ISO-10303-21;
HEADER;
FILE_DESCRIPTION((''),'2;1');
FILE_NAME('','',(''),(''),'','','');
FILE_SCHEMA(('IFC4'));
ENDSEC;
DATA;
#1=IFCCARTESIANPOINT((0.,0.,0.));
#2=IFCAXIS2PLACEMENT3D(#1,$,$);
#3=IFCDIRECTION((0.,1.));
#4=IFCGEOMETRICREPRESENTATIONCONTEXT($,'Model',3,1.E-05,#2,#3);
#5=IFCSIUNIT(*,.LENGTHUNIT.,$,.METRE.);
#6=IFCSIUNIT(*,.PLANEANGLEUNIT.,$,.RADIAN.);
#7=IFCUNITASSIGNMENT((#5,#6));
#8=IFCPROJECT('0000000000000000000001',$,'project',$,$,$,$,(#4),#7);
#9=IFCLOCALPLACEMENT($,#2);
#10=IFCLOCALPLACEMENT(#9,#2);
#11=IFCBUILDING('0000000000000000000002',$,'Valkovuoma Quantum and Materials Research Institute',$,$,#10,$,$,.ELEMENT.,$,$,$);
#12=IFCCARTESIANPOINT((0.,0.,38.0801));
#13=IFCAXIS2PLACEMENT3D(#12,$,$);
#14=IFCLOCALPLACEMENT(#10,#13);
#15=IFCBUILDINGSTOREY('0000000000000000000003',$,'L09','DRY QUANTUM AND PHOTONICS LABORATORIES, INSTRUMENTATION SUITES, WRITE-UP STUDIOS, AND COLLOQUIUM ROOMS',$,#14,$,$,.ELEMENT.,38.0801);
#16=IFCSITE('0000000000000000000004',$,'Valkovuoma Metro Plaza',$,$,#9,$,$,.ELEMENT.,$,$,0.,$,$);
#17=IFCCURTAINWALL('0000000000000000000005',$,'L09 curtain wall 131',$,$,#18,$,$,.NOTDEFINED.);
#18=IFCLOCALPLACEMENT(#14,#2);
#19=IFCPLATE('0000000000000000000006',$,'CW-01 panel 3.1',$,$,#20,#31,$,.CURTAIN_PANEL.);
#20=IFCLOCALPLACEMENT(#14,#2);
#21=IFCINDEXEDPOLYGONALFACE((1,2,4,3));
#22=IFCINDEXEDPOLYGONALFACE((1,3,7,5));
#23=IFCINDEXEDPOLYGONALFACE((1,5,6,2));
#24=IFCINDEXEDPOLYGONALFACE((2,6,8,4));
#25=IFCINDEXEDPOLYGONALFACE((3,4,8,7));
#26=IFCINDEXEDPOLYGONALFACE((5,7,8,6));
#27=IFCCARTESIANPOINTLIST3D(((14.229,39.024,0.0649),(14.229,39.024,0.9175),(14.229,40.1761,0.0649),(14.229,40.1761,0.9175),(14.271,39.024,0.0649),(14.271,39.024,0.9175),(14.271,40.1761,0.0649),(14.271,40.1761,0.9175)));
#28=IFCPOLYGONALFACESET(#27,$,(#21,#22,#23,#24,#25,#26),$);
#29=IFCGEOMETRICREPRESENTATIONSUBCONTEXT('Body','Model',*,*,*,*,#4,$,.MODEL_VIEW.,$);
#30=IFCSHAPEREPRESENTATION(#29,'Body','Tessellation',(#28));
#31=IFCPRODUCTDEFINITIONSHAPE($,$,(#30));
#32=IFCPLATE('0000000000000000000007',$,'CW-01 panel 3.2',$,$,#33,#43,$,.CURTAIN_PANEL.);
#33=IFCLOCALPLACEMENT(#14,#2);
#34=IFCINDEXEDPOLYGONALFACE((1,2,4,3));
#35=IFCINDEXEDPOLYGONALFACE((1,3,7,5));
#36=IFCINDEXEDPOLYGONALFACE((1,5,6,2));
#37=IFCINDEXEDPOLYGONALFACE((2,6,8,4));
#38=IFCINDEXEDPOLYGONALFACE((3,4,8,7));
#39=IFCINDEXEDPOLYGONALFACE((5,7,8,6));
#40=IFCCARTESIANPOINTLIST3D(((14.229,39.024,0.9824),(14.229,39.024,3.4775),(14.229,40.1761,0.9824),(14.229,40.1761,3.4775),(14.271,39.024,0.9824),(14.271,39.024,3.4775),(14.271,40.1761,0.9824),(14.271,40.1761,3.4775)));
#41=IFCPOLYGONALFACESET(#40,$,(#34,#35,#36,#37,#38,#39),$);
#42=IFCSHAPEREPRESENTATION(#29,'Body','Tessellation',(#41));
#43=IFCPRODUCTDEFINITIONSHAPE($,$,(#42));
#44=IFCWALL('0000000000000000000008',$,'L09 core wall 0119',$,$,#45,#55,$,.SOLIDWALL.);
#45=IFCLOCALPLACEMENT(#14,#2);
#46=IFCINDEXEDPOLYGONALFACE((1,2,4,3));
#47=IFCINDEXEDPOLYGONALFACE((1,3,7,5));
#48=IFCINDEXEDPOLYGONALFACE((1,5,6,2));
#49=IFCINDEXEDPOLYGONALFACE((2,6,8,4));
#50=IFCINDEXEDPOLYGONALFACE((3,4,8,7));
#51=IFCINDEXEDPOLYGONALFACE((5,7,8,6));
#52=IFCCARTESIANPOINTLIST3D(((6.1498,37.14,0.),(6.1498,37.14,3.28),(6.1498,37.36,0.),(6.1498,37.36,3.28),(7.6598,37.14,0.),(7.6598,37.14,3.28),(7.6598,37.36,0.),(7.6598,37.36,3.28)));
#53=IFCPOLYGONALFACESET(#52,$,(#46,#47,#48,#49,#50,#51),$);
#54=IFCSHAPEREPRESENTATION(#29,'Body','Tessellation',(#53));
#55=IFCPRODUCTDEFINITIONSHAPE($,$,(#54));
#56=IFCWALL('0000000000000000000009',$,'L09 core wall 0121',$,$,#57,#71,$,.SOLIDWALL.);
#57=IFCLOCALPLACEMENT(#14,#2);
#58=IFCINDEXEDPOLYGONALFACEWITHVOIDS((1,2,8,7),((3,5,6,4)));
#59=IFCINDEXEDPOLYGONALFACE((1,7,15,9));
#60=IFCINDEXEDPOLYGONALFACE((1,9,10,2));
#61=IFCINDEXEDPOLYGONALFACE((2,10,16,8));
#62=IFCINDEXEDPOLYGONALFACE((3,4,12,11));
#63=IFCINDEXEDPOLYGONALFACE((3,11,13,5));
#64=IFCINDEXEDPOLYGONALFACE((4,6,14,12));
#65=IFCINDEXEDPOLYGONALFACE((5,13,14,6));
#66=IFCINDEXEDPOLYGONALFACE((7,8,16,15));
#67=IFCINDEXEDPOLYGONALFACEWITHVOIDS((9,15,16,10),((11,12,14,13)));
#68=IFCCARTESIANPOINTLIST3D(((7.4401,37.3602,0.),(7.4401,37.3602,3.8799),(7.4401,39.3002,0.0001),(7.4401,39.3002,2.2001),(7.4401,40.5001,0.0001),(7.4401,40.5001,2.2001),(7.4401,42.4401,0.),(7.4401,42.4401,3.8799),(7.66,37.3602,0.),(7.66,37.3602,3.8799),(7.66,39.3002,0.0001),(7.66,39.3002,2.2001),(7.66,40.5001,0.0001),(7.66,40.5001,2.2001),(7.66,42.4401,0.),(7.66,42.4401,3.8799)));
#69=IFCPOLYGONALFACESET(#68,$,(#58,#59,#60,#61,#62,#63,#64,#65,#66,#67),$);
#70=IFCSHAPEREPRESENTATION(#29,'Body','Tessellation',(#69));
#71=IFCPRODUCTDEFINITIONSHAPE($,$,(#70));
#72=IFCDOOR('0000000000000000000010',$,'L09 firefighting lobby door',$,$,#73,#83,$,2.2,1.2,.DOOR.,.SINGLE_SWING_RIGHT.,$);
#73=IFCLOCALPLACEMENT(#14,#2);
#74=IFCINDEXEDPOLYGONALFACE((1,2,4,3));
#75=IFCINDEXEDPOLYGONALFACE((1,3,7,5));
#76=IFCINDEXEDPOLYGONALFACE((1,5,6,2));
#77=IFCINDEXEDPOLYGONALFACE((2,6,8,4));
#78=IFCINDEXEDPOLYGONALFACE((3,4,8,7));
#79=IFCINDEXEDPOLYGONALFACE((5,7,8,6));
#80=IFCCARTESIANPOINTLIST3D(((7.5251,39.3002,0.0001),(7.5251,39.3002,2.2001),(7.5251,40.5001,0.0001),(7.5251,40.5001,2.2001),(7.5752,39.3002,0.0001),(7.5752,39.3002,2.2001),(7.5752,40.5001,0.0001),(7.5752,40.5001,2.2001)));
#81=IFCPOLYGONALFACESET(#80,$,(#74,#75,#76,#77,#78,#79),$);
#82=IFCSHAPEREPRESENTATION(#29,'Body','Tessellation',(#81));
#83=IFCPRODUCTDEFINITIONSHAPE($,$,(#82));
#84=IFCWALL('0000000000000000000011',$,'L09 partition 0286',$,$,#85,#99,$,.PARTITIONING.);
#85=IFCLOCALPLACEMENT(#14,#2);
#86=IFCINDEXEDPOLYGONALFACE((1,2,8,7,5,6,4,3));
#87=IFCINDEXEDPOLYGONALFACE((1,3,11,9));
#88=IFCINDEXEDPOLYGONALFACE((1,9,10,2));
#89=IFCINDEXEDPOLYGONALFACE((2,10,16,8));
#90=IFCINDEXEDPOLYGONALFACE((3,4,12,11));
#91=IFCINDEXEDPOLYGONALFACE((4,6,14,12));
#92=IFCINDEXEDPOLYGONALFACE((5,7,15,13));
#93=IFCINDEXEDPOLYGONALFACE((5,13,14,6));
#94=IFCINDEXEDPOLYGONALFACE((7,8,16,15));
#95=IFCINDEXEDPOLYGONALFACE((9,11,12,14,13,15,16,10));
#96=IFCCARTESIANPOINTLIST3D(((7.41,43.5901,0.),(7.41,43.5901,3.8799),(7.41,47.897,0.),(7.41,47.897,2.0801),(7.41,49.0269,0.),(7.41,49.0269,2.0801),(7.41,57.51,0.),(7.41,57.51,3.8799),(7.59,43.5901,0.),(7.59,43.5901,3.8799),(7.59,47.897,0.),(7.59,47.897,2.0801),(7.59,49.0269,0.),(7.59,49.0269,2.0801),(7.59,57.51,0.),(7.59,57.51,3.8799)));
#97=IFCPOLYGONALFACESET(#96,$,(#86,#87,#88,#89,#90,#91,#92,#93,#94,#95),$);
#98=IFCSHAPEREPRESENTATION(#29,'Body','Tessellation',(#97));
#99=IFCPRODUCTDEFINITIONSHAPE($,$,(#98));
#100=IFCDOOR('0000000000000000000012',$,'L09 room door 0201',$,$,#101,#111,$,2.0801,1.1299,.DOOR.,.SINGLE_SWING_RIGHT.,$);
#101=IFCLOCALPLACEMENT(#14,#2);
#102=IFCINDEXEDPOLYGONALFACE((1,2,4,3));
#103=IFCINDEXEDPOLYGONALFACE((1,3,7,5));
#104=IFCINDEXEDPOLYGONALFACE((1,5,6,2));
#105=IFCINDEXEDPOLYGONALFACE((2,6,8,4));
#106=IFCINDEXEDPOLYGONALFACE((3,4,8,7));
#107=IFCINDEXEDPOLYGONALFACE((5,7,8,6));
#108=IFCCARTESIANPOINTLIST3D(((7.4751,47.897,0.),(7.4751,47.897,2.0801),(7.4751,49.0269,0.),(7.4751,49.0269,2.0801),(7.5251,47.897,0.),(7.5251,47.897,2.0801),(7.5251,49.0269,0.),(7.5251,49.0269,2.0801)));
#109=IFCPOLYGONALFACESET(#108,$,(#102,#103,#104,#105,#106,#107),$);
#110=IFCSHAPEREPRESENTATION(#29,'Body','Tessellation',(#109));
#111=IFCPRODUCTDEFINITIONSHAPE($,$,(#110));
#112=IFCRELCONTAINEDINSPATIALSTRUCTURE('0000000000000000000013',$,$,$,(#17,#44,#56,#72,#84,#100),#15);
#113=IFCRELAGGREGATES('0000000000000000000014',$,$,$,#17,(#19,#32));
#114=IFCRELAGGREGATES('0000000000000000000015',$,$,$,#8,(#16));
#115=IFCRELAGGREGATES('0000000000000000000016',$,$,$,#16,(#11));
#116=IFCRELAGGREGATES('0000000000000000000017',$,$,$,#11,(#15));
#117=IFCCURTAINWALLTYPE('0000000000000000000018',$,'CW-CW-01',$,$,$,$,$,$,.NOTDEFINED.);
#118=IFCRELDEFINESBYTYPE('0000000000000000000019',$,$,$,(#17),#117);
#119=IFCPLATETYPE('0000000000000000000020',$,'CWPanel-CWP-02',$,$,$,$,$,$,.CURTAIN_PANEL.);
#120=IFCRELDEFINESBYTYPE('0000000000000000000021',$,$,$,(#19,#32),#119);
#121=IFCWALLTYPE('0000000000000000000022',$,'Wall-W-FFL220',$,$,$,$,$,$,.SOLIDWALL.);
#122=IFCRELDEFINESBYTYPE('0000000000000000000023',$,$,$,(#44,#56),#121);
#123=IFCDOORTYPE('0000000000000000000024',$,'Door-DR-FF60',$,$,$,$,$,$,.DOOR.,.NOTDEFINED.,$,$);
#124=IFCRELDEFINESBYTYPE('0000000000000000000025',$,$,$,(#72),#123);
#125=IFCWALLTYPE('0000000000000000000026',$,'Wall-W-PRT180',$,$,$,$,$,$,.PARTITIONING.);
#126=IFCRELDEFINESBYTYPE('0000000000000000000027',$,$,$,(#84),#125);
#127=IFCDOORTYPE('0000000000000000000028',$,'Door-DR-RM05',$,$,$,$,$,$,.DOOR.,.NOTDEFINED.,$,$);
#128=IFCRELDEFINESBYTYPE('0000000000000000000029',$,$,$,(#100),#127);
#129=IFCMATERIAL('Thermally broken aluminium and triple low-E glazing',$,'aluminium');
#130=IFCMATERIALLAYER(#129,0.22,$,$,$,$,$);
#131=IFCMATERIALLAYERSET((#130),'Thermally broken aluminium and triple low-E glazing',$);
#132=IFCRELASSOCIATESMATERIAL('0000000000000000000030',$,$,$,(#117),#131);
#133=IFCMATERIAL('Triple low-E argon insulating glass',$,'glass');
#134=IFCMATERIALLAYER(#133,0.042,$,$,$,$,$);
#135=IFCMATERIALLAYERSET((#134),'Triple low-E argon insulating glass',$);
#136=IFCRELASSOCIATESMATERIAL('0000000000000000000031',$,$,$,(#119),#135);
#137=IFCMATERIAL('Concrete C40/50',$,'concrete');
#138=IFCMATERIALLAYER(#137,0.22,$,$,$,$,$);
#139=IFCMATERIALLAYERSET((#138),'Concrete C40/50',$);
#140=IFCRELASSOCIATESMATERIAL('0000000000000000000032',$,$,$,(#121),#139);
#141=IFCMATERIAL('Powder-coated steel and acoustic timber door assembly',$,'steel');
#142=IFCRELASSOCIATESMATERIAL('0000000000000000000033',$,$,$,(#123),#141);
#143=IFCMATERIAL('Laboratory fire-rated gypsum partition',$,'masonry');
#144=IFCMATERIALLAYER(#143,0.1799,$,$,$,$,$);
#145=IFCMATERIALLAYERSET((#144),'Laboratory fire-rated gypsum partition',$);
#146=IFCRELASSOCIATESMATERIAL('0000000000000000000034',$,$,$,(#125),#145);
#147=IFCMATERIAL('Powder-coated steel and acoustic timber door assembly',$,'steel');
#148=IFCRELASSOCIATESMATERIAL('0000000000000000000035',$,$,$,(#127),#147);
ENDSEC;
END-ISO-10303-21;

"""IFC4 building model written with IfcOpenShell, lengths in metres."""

from ifc_helpers import new_model, si_unit, direction, frame, frame_2d, origin, origin_2d, place, context, subcontext, project, spatial, rectangle, extrude, material, layer, layer_set, type_object, element, fill, aggregate, save


model = new_model("IFC4")

# Units and contexts
model_context = context("Model", 3, precision=1e-05, world=origin(), true_north=direction((0.0, 1.0)))
body_context = subcontext(model_context, "Body", "Model", "MODEL_VIEW")
ifc_project = project(units=[si_unit("LENGTHUNIT", "METRE"), si_unit("PLANEANGLEUNIT", "RADIAN")], contexts=[model_context])

# Site, building, storey
site_placement = place(None, origin())
site = spatial("IfcSite", under=ifc_project, at=site_placement, Name="Valkovuoma Metro Plaza", CompositionType="ELEMENT", RefElevation=0.0)
building_placement = place(site_placement, origin())
building = spatial("IfcBuilding", under=site, at=building_placement, Name="Valkovuoma Quantum and Materials Research Institute", CompositionType="ELEMENT")
storey_placement = place(building_placement, frame((0.0, 0.0, 38.0801)))
storey = spatial("IfcBuildingStorey", under=building, at=storey_placement, Name="L09", Description="DRY QUANTUM AND PHOTONICS LABORATORIES, INSTRUMENTATION SUITES, WRITE-UP STUDIOS, AND COLLOQUIUM ROOMS", CompositionType="ELEMENT", Elevation=38.0801)

# Curtain wall, plates
ifc_material_1 = material(Name="Thermally broken aluminium and triple low-E glazing", Category="aluminium")
ifc_layer_1 = layer(ifc_material_1, 0.22)
ifc_layer_set_1 = layer_set([ifc_layer_1], Name="Thermally broken aluminium and triple low-E glazing")
curtain_wall_type = type_object("IfcCurtainWallType", Name="CW-CW-01", PredefinedType="NOTDEFINED", material=ifc_layer_set_1)
curtain_wall_placement = place(storey_placement, origin())
curtain_wall = element("IfcCurtainWall", 1, at=curtain_wall_placement, inside=storey, type_object=curtain_wall_type, Name="L09 curtain wall 131", PredefinedType="NOTDEFINED")
ifc_material_2 = material(Name="Triple low-E argon insulating glass", Category="glass")
ifc_layer_2 = layer(ifc_material_2, 0.042)
ifc_layer_set_2 = layer_set([ifc_layer_2], Name="Triple low-E argon insulating glass")
plate_type = type_object("IfcPlateType", Name="CWPanel-CWP-02", PredefinedType="CURTAIN_PANEL", material=ifc_layer_set_2)
plate_1_placement = place(storey_placement, frame((14.25, 39.6001, 0.0649), z_axis=(0.0, 0.0, 1.0), x_axis=(0.0, 1.0, 0.0)))
plate_1 = element("IfcPlate", 2, at=plate_1_placement, type_object=plate_type, Name="CW-01 panel 3.1", PredefinedType="CURTAIN_PANEL", context=body_context, shape_type="SweptSolid", body=[
    extrude(rectangle(XDim=1.1521, YDim=0.042, at=origin_2d()), origin(), (0.0, 0.0, 1.0), 0.8525),
])
plate_2_placement = place(storey_placement, frame((14.25, 39.6001, 0.9824), z_axis=(0.0, 0.0, 1.0), x_axis=(0.0, 1.0, 0.0)))
plate_2 = element("IfcPlate", 3, at=plate_2_placement, type_object=plate_type, Name="CW-01 panel 3.2", PredefinedType="CURTAIN_PANEL", context=body_context, shape_type="SweptSolid", body=[
    extrude(rectangle(XDim=1.1521, YDim=0.042, at=origin_2d()), origin(), (0.0, 0.0, 1.0), 2.4951),
])
aggregate(curtain_wall, [plate_1, plate_2])

# Wall
ifc_material_3 = material(Name="Concrete C40/50", Category="concrete")
ifc_layer_3 = layer(ifc_material_3, 0.22)
ifc_layer_set_3 = layer_set([ifc_layer_3], Name="Concrete C40/50")
wall_type_1 = type_object("IfcWallType", Name="Wall-W-FFL220", PredefinedType="SOLIDWALL", material=ifc_layer_set_3)
wall_1_placement = place(storey_placement, frame((6.1499, 37.25, 0.0), z_axis=(0.0, 0.0, 1.0), x_axis=(1.0, 0.0, 0.0)))
element("IfcWall", 4, at=wall_1_placement, inside=storey, type_object=wall_type_1, Name="L09 core wall 0119", PredefinedType="SOLIDWALL", context=body_context, shape_type="SweptSolid", body=[
    extrude(rectangle(XDim=1.51, YDim=0.22, at=frame_2d((0.7549, 0.0))), origin(), (0.0, 0.0, 1.0), 3.28),
])

# Walls, openings, doors
wall_2_placement = place(storey_placement, frame((7.55, 37.3601, 0.0), z_axis=(0.0, 0.0, 1.0), x_axis=(0.0, 1.0, 0.0)))
wall_2 = element("IfcWall", 5, at=wall_2_placement, inside=storey, type_object=wall_type_1, Name="L09 core wall 0121", PredefinedType="SOLIDWALL", context=body_context, shape_type="SweptSolid", body=[
    extrude(rectangle(XDim=5.0798, YDim=0.22, at=frame_2d((2.54, 0.0))), origin(), (0.0, 0.0, 1.0), 3.8799),
])
opening_1_placement = place(wall_2_placement, frame((1.9399, 0.0, 0.0)))
opening_1 = element("IfcOpeningElement", 6, at=opening_1_placement, cuts=wall_2, PredefinedType="OPENING", context=body_context, shape_type="SweptSolid", body=[
    extrude(rectangle(XDim=1.2, YDim=2.2, at=frame_2d((0.6001, 1.1001))), frame((0.0, 0.1201, 0.0), z_axis=(0.0, -1.0, 0.0), x_axis=(1.0, 0.0, 0.0)), (0.0, 0.0, 1.0), 0.24),
])
ifc_material_4 = material(Name="Powder-coated steel and acoustic timber door assembly", Category="steel")
door_type_1 = type_object("IfcDoorType", Name="Door-DR-FF60", OperationType="NOTDEFINED", PredefinedType="DOOR", material=ifc_material_4)
door_1_placement = place(opening_1_placement, origin())
door_1 = element("IfcDoor", 7, at=door_1_placement, inside=storey, type_object=door_type_1, Name="L09 firefighting lobby door", OperationType="SINGLE_SWING_RIGHT", OverallHeight=2.2, OverallWidth=1.2, PredefinedType="DOOR", context=body_context, shape_type="SweptSolid", body=[
    extrude(rectangle(XDim=1.2, YDim=2.2, at=frame_2d((0.6001, 1.1001))), frame((0.0, 0.0249, 0.0), z_axis=(0.0, -1.0, 0.0), x_axis=(1.0, 0.0, 0.0)), (0.0, 0.0, 1.0), 0.05),
])
fill(opening_1, door_1)
ifc_material_5 = material(Name="Laboratory fire-rated gypsum partition", Category="masonry")
ifc_layer_4 = layer(ifc_material_5, 0.1799)
ifc_layer_set_4 = layer_set([ifc_layer_4], Name="Laboratory fire-rated gypsum partition")
wall_type_2 = type_object("IfcWallType", Name="Wall-W-PRT180", PredefinedType="PARTITIONING", material=ifc_layer_set_4)
wall_3_placement = place(storey_placement, frame((7.5, 43.5901, 0.0), z_axis=(0.0, 0.0, 1.0), x_axis=(0.0, 1.0, 0.0)))
wall_3 = element("IfcWall", 8, at=wall_3_placement, inside=storey, type_object=wall_type_2, Name="L09 partition 0286", PredefinedType="PARTITIONING", context=body_context, shape_type="SweptSolid", body=[
    extrude(rectangle(XDim=13.9199, YDim=0.1799, at=frame_2d((6.96, 0.0))), origin(), (0.0, 0.0, 1.0), 3.8799),
])
opening_2_placement = place(wall_3_placement, frame((4.3069, 0.0, 0.0)))
opening_2 = element("IfcOpeningElement", 9, at=opening_2_placement, cuts=wall_3, PredefinedType="OPENING", context=body_context, shape_type="SweptSolid", body=[
    extrude(rectangle(XDim=1.1299, YDim=2.0801, at=frame_2d((0.5649, 1.04))), frame((0.0, 0.1001, 0.0), z_axis=(0.0, -1.0, 0.0), x_axis=(1.0, 0.0, 0.0)), (0.0, 0.0, 1.0), 0.2),
])
ifc_material_6 = material(Name="Powder-coated steel and acoustic timber door assembly", Category="steel")
door_type_2 = type_object("IfcDoorType", Name="Door-DR-RM05", OperationType="NOTDEFINED", PredefinedType="DOOR", material=ifc_material_6)
door_2_placement = place(opening_2_placement, origin())
door_2 = element("IfcDoor", 10, at=door_2_placement, inside=storey, type_object=door_type_2, Name="L09 room door 0201", OperationType="SINGLE_SWING_RIGHT", OverallHeight=2.0801, OverallWidth=1.1299, PredefinedType="DOOR", context=body_context, shape_type="SweptSolid", body=[
    extrude(rectangle(XDim=1.1299, YDim=2.0801, at=frame_2d((0.5649, 1.04))), frame((0.0, 0.0249, 0.0), z_axis=(0.0, -1.0, 0.0), x_axis=(1.0, 0.0, 0.0)), (0.0, 0.0, 1.0), 0.05),
])
fill(opening_2, door_2)

save(model, "model.ifc")
